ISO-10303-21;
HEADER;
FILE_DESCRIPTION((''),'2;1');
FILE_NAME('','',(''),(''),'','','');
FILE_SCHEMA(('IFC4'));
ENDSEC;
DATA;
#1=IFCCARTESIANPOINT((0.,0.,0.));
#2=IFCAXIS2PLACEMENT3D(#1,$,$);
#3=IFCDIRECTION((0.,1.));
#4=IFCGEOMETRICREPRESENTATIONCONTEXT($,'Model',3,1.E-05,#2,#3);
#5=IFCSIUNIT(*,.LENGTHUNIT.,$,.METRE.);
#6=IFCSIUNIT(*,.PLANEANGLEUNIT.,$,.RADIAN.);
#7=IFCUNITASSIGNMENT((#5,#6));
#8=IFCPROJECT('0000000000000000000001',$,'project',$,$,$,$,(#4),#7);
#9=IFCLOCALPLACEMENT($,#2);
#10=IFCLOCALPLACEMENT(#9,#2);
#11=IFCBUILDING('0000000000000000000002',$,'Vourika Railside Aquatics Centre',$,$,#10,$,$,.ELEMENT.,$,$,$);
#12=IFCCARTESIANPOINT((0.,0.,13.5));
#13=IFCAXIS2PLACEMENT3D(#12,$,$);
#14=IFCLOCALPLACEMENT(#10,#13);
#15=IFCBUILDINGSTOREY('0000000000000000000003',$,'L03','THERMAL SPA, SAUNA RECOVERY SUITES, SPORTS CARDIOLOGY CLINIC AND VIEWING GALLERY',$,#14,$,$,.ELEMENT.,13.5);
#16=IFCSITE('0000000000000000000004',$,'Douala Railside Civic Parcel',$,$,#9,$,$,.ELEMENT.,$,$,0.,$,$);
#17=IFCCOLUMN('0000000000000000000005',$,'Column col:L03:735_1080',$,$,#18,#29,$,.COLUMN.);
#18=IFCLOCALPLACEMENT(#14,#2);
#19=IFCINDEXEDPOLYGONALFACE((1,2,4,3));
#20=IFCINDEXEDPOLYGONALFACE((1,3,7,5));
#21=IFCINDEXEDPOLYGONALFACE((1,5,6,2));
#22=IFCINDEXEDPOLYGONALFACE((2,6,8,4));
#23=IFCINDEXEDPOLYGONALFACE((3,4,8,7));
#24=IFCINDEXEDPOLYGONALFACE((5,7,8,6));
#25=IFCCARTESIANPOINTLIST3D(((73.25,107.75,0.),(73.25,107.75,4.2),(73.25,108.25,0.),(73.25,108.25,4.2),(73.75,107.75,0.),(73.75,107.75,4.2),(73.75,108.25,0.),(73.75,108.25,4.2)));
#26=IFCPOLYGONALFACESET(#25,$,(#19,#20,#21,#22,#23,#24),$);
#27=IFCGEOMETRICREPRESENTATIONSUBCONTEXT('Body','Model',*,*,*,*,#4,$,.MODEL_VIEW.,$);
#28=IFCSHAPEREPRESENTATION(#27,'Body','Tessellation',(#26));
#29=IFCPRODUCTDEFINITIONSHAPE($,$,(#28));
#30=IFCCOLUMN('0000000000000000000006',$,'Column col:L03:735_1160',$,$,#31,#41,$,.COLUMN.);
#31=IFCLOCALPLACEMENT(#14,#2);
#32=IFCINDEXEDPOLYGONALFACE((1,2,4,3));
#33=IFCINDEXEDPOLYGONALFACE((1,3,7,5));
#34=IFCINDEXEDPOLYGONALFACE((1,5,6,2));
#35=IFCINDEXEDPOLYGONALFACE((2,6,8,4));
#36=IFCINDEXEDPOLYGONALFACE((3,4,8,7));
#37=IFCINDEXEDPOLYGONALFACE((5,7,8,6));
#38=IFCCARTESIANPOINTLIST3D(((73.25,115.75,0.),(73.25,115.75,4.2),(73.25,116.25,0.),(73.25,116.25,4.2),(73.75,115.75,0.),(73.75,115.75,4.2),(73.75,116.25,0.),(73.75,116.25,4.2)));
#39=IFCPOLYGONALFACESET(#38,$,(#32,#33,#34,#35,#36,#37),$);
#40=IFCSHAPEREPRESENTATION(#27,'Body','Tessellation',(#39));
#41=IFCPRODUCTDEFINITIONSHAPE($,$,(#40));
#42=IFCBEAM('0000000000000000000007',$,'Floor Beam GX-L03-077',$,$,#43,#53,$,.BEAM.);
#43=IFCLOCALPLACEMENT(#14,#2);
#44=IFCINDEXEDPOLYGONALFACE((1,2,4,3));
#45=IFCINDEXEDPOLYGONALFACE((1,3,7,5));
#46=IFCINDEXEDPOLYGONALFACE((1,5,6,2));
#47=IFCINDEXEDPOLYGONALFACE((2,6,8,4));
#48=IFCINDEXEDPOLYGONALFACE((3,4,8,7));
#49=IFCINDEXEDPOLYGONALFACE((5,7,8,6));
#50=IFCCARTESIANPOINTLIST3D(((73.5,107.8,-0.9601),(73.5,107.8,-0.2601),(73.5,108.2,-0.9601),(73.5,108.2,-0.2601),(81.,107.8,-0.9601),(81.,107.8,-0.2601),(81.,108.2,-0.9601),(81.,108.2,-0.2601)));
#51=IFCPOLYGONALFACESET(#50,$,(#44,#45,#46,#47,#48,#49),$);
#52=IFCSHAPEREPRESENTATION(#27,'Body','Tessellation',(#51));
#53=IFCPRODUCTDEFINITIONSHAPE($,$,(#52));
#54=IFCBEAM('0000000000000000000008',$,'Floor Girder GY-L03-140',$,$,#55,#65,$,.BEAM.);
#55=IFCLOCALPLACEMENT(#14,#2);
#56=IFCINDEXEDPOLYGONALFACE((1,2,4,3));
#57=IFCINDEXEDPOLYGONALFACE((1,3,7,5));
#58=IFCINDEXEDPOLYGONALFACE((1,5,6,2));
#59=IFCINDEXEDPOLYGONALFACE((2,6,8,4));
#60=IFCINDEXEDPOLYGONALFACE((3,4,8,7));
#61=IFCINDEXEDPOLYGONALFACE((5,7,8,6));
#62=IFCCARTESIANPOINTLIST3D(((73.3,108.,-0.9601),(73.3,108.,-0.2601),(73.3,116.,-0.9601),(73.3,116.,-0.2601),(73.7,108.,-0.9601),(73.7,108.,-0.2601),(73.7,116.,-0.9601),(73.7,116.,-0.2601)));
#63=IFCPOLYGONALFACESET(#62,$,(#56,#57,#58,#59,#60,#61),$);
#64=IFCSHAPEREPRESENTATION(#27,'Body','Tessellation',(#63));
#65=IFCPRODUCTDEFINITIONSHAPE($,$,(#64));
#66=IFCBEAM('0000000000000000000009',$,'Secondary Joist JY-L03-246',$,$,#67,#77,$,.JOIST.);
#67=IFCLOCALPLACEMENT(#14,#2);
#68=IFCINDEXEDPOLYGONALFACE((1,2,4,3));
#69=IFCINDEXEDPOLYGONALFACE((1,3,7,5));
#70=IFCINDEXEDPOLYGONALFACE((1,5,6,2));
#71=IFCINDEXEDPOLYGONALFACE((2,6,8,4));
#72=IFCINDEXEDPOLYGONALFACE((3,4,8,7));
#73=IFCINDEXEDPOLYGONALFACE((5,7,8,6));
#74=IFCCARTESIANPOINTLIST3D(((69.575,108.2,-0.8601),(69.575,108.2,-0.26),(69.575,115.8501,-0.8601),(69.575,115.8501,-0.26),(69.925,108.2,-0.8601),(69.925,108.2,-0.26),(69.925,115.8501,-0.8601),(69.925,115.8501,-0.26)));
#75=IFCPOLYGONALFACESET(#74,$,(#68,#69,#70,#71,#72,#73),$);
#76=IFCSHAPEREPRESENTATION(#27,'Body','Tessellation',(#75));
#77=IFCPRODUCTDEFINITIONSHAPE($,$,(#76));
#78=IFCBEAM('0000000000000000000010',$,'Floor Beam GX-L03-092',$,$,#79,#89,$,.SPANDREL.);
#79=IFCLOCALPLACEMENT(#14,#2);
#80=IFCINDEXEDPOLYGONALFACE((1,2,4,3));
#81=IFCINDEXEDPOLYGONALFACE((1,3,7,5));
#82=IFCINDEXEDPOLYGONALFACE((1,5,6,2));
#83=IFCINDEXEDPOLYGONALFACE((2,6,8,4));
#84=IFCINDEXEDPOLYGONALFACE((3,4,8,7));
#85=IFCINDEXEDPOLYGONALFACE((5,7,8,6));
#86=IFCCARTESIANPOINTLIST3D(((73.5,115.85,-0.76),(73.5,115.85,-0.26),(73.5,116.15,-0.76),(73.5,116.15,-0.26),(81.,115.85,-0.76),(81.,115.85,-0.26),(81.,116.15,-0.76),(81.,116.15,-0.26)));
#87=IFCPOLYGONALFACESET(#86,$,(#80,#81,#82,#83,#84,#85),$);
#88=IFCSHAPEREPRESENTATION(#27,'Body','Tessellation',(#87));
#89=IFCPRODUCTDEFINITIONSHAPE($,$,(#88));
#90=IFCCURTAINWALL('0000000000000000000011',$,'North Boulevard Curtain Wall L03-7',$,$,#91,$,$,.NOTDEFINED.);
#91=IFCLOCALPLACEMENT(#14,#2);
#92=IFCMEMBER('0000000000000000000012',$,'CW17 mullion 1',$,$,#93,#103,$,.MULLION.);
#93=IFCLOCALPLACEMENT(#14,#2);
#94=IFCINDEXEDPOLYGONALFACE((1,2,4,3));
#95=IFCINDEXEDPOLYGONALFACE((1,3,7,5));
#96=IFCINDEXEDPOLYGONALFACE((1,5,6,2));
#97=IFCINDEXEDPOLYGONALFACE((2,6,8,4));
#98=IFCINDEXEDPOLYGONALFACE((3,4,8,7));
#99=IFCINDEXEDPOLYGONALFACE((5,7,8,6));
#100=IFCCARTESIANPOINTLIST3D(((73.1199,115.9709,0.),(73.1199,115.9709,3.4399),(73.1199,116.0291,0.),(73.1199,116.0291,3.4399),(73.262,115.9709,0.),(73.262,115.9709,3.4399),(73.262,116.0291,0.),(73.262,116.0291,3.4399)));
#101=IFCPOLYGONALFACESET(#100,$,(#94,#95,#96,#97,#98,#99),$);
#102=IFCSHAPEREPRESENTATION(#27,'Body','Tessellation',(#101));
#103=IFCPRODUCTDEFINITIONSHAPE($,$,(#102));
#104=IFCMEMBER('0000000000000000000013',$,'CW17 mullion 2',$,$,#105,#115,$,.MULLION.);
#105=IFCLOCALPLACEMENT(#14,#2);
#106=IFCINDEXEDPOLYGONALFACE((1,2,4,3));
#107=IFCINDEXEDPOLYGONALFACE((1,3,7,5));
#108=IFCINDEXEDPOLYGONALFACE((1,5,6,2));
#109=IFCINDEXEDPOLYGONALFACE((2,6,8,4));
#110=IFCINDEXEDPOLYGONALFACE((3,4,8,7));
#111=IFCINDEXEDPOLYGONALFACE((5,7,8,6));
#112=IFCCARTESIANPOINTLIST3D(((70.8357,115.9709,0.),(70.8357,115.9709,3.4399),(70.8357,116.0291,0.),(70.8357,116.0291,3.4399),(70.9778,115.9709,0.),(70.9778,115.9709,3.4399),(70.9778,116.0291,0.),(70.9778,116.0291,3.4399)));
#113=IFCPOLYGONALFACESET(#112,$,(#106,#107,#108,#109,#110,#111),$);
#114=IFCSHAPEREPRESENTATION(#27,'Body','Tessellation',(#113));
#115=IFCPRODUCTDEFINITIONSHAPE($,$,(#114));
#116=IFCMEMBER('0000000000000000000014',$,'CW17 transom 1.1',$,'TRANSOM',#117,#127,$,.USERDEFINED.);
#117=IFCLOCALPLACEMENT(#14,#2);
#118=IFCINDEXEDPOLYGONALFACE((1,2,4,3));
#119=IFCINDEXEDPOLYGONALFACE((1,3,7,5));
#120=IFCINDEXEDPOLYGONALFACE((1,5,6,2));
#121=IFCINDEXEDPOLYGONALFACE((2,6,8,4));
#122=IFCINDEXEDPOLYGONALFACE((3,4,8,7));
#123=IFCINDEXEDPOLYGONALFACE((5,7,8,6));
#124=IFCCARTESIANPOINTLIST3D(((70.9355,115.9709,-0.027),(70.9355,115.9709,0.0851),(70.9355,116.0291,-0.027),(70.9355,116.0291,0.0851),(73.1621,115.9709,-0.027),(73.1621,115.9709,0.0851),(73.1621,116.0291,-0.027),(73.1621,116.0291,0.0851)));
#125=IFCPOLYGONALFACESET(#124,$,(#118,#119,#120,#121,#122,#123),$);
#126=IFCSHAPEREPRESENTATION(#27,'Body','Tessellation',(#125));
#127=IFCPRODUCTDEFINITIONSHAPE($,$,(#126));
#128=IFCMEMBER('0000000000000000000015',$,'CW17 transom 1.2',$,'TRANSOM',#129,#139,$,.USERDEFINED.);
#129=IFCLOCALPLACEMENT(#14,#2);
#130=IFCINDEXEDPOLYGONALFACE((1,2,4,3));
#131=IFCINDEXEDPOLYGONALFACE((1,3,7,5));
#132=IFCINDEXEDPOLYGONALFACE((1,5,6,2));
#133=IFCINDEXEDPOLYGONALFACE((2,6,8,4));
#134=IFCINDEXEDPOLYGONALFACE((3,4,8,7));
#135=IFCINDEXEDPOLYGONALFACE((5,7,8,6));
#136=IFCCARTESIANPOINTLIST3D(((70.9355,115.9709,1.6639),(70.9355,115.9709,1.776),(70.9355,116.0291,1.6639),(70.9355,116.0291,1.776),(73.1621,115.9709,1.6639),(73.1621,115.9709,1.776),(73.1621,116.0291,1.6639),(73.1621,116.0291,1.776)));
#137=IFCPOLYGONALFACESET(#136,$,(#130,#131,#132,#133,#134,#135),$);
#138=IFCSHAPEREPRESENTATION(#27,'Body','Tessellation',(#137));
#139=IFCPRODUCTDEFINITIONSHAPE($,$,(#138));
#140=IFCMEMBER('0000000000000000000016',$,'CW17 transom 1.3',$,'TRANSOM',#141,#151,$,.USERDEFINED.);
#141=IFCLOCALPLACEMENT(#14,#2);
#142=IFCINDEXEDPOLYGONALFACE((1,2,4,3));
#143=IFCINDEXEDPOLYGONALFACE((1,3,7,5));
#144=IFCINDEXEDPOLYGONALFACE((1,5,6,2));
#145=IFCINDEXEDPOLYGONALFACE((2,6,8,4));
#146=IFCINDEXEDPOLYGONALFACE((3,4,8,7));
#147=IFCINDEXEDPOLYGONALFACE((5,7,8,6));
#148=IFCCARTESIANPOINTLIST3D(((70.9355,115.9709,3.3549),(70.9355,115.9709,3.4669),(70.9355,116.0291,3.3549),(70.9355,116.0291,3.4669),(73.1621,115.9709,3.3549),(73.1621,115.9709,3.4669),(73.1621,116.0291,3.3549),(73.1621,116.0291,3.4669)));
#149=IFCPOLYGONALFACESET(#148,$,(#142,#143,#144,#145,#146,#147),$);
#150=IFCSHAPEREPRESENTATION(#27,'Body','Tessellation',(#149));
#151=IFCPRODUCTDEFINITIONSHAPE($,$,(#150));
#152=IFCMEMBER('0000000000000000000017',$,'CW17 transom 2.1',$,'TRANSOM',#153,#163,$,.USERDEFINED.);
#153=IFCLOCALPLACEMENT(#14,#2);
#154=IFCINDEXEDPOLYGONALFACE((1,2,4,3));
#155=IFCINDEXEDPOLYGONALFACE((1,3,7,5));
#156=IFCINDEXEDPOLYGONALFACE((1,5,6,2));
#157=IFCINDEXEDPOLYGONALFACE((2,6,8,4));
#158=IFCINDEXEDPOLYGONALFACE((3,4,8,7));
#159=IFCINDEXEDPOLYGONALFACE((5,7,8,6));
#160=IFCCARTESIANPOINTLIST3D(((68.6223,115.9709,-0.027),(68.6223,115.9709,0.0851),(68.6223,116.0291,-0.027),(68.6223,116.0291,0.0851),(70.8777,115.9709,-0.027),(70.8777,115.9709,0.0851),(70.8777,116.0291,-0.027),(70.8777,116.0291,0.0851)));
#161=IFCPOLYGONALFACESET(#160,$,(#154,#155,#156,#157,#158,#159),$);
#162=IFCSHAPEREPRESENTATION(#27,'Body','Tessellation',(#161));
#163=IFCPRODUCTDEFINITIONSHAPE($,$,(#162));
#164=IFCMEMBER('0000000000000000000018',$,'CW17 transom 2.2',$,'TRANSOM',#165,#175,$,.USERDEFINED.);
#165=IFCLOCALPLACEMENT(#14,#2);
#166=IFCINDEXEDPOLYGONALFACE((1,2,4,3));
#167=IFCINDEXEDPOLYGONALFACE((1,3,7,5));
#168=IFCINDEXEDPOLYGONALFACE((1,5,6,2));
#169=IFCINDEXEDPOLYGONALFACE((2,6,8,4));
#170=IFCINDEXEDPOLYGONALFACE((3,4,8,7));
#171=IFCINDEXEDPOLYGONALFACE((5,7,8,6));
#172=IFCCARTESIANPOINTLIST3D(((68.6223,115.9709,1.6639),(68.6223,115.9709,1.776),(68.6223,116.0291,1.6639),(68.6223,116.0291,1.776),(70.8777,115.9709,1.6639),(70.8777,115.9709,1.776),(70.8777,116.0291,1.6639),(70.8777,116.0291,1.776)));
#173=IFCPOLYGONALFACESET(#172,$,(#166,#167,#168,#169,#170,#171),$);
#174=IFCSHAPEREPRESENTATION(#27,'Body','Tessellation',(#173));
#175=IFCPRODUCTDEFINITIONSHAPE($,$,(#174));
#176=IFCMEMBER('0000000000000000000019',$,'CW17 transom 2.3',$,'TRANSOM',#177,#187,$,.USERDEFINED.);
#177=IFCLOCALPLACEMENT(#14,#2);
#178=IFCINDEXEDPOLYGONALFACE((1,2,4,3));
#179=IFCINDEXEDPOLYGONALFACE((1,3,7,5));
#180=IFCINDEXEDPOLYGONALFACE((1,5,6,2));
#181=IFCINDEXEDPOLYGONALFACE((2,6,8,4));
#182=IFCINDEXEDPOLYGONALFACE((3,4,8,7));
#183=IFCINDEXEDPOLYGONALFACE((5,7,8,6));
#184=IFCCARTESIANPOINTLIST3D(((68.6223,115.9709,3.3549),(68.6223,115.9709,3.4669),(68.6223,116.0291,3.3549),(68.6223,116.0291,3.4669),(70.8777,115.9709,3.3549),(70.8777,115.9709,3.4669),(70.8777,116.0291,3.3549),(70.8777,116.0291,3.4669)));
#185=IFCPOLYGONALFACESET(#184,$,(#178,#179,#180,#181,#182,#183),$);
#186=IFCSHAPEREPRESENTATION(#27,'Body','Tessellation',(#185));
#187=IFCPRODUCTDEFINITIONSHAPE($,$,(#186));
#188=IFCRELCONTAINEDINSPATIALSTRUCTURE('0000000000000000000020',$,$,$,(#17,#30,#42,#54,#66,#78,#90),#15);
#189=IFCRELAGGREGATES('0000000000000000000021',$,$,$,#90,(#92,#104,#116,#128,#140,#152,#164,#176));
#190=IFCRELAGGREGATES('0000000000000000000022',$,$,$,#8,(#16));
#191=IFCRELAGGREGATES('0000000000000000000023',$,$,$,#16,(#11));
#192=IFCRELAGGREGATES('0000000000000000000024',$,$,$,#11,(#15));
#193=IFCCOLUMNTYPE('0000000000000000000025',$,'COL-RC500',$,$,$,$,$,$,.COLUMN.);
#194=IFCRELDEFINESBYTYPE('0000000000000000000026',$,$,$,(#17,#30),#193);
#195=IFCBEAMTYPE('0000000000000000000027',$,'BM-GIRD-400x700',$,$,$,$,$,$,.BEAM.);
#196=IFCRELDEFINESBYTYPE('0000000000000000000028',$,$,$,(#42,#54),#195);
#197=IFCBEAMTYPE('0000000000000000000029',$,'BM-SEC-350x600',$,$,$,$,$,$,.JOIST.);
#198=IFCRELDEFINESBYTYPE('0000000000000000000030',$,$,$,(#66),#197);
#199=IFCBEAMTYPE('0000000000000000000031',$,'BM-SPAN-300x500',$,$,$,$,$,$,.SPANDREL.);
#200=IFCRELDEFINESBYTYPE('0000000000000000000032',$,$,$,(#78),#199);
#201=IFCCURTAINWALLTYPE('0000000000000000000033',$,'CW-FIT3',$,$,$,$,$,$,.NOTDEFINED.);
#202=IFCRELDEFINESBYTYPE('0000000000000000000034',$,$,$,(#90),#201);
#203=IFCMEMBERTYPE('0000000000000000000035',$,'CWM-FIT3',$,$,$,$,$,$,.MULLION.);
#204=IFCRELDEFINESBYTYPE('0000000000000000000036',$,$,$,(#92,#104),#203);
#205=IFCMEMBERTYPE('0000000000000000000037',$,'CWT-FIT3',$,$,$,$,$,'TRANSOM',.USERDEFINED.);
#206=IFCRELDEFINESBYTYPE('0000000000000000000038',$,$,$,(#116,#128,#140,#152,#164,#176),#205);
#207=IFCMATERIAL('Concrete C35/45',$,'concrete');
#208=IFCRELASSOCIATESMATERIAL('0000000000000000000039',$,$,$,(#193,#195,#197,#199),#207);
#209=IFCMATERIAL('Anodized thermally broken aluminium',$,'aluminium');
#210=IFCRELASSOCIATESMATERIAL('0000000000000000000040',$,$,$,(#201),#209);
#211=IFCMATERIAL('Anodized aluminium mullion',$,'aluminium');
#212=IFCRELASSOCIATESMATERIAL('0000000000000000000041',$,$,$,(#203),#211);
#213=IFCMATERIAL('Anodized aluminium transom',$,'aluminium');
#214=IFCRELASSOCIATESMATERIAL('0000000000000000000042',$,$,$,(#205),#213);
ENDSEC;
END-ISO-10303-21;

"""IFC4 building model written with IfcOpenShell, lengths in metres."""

from ifc_helpers import new_model, si_unit, direction, frame, origin, origin_2d, place, context, subcontext, project, spatial, rectangle, extrude, material, material_profile, profile_set, type_object, element, aggregate, save


model = new_model("IFC4")

# Units and contexts
model_context = context("Model", 3, precision=1e-05, world=origin(), true_north=direction((0.0, 1.0)))
body_context = subcontext(model_context, "Body", "Model", "MODEL_VIEW")
ifc_project = project(units=[si_unit("LENGTHUNIT", "METRE"), si_unit("PLANEANGLEUNIT", "RADIAN")], contexts=[model_context])

# Site, building, storey
site_placement = place(None, origin())
site = spatial("IfcSite", under=ifc_project, at=site_placement, Name="Douala Railside Civic Parcel", CompositionType="ELEMENT", RefElevation=0.0)
building_placement = place(site_placement, origin())
building = spatial("IfcBuilding", under=site, at=building_placement, Name="Vourika Railside Aquatics Centre", CompositionType="ELEMENT")
storey_placement = place(building_placement, frame((0.0, 0.0, 13.5)))
storey = spatial("IfcBuildingStorey", under=building, at=storey_placement, Name="L03", Description="THERMAL SPA, SAUNA RECOVERY SUITES, SPORTS CARDIOLOGY CLINIC AND VIEWING GALLERY", CompositionType="ELEMENT", Elevation=13.5)

# Columns
ifc_material_1 = material(Name="Concrete C35/45", Category="concrete")
ifc_material_profile_1 = material_profile(ifc_material_1, rectangle(XDim=0.5, YDim=0.5, at=origin_2d()), Name="RC 500x500")
ifc_profile_set_1 = profile_set([ifc_material_profile_1], Name="Concrete C35/45")
column_type = type_object("IfcColumnType", Name="COL-RC500", PredefinedType="COLUMN", material=ifc_profile_set_1)
for number, where, z_axis, x_axis, name in (
    (1, (73.5, 108.0, 0.0), (0.0, 0.0, 1.0), (1.0, 0.0, 0.0), "Column col:L03:735_1080"),
    (2, (73.5, 116.0, 0.0), (0.0, 0.0, 1.0), (1.0, 0.0, 0.0), "Column col:L03:735_1160"),
):
    element("IfcColumn", number, at=place(storey_placement, frame(where, z_axis=z_axis, x_axis=x_axis)), inside=storey, type_object=column_type, Name=name, PredefinedType="COLUMN", context=body_context, shape_type="SweptSolid", body=[
        extrude(rectangle(XDim=0.5, YDim=0.5, at=origin_2d()), origin(), (0.0, 0.0, 1.0), 4.2),
    ])

# Beams
ifc_material_profile_2 = material_profile(ifc_material_1, rectangle(XDim=0.3999, YDim=0.7, at=origin_2d()), Name="RC 400x700")
ifc_profile_set_2 = profile_set([ifc_material_profile_2], Name="Concrete C35/45")
beam_type_1 = type_object("IfcBeamType", Name="BM-GIRD-400x700", PredefinedType="BEAM", material=ifc_profile_set_2)
beam_1_placement = place(storey_placement, frame((73.5, 108.0, -0.6101), z_axis=(1.0, 0.0, 0.0), x_axis=(0.0, 1.0, 0.0)))
element("IfcBeam", 3, at=beam_1_placement, inside=storey, type_object=beam_type_1, Name="Floor Beam GX-L03-077", PredefinedType="BEAM", context=body_context, shape_type="SweptSolid", body=[
    extrude(rectangle(XDim=0.3999, YDim=0.7, at=origin_2d()), origin(), (0.0, 0.0, 1.0), 7.5),
])
beam_2_placement = place(storey_placement, frame((73.5, 108.0, -0.6101), z_axis=(0.0, 1.0, 0.0), x_axis=(-1.0, 0.0, 0.0)))
element("IfcBeam", 4, at=beam_2_placement, inside=storey, type_object=beam_type_1, Name="Floor Girder GY-L03-140", PredefinedType="BEAM", context=body_context, shape_type="SweptSolid", body=[
    extrude(rectangle(XDim=0.3999, YDim=0.7, at=origin_2d()), origin(), (0.0, 0.0, 1.0), 8.0),
])
ifc_material_profile_3 = material_profile(ifc_material_1, rectangle(XDim=0.3501, YDim=0.6001, at=origin_2d()), Name="RC 350x600")
ifc_profile_set_3 = profile_set([ifc_material_profile_3], Name="Concrete C35/45")
beam_type_2 = type_object("IfcBeamType", Name="BM-SEC-350x600", PredefinedType="JOIST", material=ifc_profile_set_3)
beam_3_placement = place(storey_placement, frame((69.75, 108.2, -0.5601), z_axis=(0.0, 1.0, 0.0), x_axis=(-1.0, 0.0, 0.0)))
element("IfcBeam", 5, at=beam_3_placement, inside=storey, type_object=beam_type_2, Name="Secondary Joist JY-L03-246", PredefinedType="JOIST", context=body_context, shape_type="SweptSolid", body=[
    extrude(rectangle(XDim=0.3501, YDim=0.6001, at=origin_2d()), origin(), (0.0, 0.0, 1.0), 7.6501),
])
ifc_material_profile_4 = material_profile(ifc_material_1, rectangle(XDim=0.3, YDim=0.5, at=origin_2d()), Name="RC 300x500")
ifc_profile_set_4 = profile_set([ifc_material_profile_4], Name="Concrete C35/45")
beam_type_3 = type_object("IfcBeamType", Name="BM-SPAN-300x500", PredefinedType="SPANDREL", material=ifc_profile_set_4)
beam_4_placement = place(storey_placement, frame((73.5, 116.0, -0.51), z_axis=(1.0, 0.0, 0.0), x_axis=(0.0, 1.0, 0.0)))
element("IfcBeam", 6, at=beam_4_placement, inside=storey, type_object=beam_type_3, Name="Floor Beam GX-L03-092", PredefinedType="SPANDREL", context=body_context, shape_type="SweptSolid", body=[
    extrude(rectangle(XDim=0.3, YDim=0.5, at=origin_2d()), origin(), (0.0, 0.0, 1.0), 7.5),
])

# Curtain wall, members
ifc_material_2 = material(Name="Anodized thermally broken aluminium", Category="aluminium")
curtain_wall_type = type_object("IfcCurtainWallType", Name="CW-FIT3", PredefinedType="NOTDEFINED", material=ifc_material_2)
curtain_wall_placement = place(storey_placement, origin())
curtain_wall = element("IfcCurtainWall", 7, at=curtain_wall_placement, inside=storey, type_object=curtain_wall_type, Name="North Boulevard Curtain Wall L03-7", PredefinedType="NOTDEFINED")
ifc_material_3 = material(Name="Anodized aluminium mullion", Category="aluminium")
ifc_material_profile_5 = material_profile(ifc_material_3, rectangle(XDim=0.0581, YDim=0.1421, at=origin_2d()), Name="ALU-M 58x142")
ifc_profile_set_5 = profile_set([ifc_material_profile_5], Name="Anodized aluminium mullion")
member_type_1 = type_object("IfcMemberType", Name="CWM-FIT3", PredefinedType="MULLION", material=ifc_profile_set_5)
member_1_placement = place(storey_placement, frame((73.1909, 116.0, 0.0), z_axis=(0.0, 0.0, 1.0), x_axis=(0.0, -1.0, 0.0)))
member_1 = element("IfcMember", 8, at=member_1_placement, type_object=member_type_1, Name="CW17 mullion 1", PredefinedType="MULLION", context=body_context, shape_type="SweptSolid", body=[
    extrude(rectangle(XDim=0.0581, YDim=0.1421, at=origin_2d()), origin(), (0.0, 0.0, 1.0), 3.4399),
])
member_2_placement = place(storey_placement, frame((70.9067, 116.0, 0.0), z_axis=(0.0, 0.0, 1.0), x_axis=(0.0, -1.0, 0.0)))
member_2 = element("IfcMember", 9, at=member_2_placement, type_object=member_type_1, Name="CW17 mullion 2", PredefinedType="MULLION", context=body_context, shape_type="SweptSolid", body=[
    extrude(rectangle(XDim=0.0581, YDim=0.1421, at=origin_2d()), origin(), (0.0, 0.0, 1.0), 3.4399),
])
ifc_material_4 = material(Name="Anodized aluminium transom", Category="aluminium")
ifc_material_profile_6 = material_profile(ifc_material_4, rectangle(XDim=0.0581, YDim=0.1121, at=origin_2d()), Name="ALU-T 58x112")
ifc_profile_set_6 = profile_set([ifc_material_profile_6], Name="Anodized aluminium transom")
member_type_2 = type_object("IfcMemberType", Name="CWT-FIT3", ElementType="TRANSOM", PredefinedType="USERDEFINED", material=ifc_profile_set_6)
member_3_placement = place(storey_placement, frame((73.1621, 116.0, 0.0291), z_axis=(-1.0, 0.0, 0.0), x_axis=(0.0, -1.0, 0.0)))
member_3 = element("IfcMember", 10, at=member_3_placement, type_object=member_type_2, Name="CW17 transom 1.1", ObjectType="TRANSOM", PredefinedType="USERDEFINED", context=body_context, shape_type="SweptSolid", body=[
    extrude(rectangle(XDim=0.0581, YDim=0.1121, at=origin_2d()), origin(), (0.0, 0.0, 1.0), 2.2266),
])
member_4_placement = place(storey_placement, frame((73.1621, 116.0, 1.72), z_axis=(-1.0, 0.0, 0.0), x_axis=(0.0, -1.0, 0.0)))
member_4 = element("IfcMember", 11, at=member_4_placement, type_object=member_type_2, Name="CW17 transom 1.2", ObjectType="TRANSOM", PredefinedType="USERDEFINED", context=body_context, shape_type="SweptSolid", body=[
    extrude(rectangle(XDim=0.0581, YDim=0.1121, at=origin_2d()), origin(), (0.0, 0.0, 1.0), 2.2266),
])
member_5_placement = place(storey_placement, frame((73.1621, 116.0, 3.4109), z_axis=(-1.0, 0.0, 0.0), x_axis=(0.0, -1.0, 0.0)))
member_5 = element("IfcMember", 12, at=member_5_placement, type_object=member_type_2, Name="CW17 transom 1.3", ObjectType="TRANSOM", PredefinedType="USERDEFINED", context=body_context, shape_type="SweptSolid", body=[
    extrude(rectangle(XDim=0.0581, YDim=0.1121, at=origin_2d()), origin(), (0.0, 0.0, 1.0), 2.2266),
])
member_6_placement = place(storey_placement, frame((70.8777, 116.0, 0.0291), z_axis=(-1.0, 0.0, 0.0), x_axis=(0.0, -1.0, 0.0)))
member_6 = element("IfcMember", 13, at=member_6_placement, type_object=member_type_2, Name="CW17 transom 2.1", ObjectType="TRANSOM", PredefinedType="USERDEFINED", context=body_context, shape_type="SweptSolid", body=[
    extrude(rectangle(XDim=0.0581, YDim=0.1121, at=origin_2d()), origin(), (0.0, 0.0, 1.0), 2.2554),
])
member_7_placement = place(storey_placement, frame((70.8777, 116.0, 1.72), z_axis=(-1.0, 0.0, 0.0), x_axis=(0.0, -1.0, 0.0)))
member_7 = element("IfcMember", 14, at=member_7_placement, type_object=member_type_2, Name="CW17 transom 2.2", ObjectType="TRANSOM", PredefinedType="USERDEFINED", context=body_context, shape_type="SweptSolid", body=[
    extrude(rectangle(XDim=0.0581, YDim=0.1121, at=origin_2d()), origin(), (0.0, 0.0, 1.0), 2.2554),
])
member_8_placement = place(storey_placement, frame((70.8777, 116.0, 3.4109), z_axis=(-1.0, 0.0, 0.0), x_axis=(0.0, -1.0, 0.0)))
member_8 = element("IfcMember", 15, at=member_8_placement, type_object=member_type_2, Name="CW17 transom 2.3", ObjectType="TRANSOM", PredefinedType="USERDEFINED", context=body_context, shape_type="SweptSolid", body=[
    extrude(rectangle(XDim=0.0581, YDim=0.1121, at=origin_2d()), origin(), (0.0, 0.0, 1.0), 2.2554),
])
aggregate(curtain_wall, [member_1, member_2, member_3, member_4, member_5, member_6, member_7, member_8])

save(model, "model.ifc")
